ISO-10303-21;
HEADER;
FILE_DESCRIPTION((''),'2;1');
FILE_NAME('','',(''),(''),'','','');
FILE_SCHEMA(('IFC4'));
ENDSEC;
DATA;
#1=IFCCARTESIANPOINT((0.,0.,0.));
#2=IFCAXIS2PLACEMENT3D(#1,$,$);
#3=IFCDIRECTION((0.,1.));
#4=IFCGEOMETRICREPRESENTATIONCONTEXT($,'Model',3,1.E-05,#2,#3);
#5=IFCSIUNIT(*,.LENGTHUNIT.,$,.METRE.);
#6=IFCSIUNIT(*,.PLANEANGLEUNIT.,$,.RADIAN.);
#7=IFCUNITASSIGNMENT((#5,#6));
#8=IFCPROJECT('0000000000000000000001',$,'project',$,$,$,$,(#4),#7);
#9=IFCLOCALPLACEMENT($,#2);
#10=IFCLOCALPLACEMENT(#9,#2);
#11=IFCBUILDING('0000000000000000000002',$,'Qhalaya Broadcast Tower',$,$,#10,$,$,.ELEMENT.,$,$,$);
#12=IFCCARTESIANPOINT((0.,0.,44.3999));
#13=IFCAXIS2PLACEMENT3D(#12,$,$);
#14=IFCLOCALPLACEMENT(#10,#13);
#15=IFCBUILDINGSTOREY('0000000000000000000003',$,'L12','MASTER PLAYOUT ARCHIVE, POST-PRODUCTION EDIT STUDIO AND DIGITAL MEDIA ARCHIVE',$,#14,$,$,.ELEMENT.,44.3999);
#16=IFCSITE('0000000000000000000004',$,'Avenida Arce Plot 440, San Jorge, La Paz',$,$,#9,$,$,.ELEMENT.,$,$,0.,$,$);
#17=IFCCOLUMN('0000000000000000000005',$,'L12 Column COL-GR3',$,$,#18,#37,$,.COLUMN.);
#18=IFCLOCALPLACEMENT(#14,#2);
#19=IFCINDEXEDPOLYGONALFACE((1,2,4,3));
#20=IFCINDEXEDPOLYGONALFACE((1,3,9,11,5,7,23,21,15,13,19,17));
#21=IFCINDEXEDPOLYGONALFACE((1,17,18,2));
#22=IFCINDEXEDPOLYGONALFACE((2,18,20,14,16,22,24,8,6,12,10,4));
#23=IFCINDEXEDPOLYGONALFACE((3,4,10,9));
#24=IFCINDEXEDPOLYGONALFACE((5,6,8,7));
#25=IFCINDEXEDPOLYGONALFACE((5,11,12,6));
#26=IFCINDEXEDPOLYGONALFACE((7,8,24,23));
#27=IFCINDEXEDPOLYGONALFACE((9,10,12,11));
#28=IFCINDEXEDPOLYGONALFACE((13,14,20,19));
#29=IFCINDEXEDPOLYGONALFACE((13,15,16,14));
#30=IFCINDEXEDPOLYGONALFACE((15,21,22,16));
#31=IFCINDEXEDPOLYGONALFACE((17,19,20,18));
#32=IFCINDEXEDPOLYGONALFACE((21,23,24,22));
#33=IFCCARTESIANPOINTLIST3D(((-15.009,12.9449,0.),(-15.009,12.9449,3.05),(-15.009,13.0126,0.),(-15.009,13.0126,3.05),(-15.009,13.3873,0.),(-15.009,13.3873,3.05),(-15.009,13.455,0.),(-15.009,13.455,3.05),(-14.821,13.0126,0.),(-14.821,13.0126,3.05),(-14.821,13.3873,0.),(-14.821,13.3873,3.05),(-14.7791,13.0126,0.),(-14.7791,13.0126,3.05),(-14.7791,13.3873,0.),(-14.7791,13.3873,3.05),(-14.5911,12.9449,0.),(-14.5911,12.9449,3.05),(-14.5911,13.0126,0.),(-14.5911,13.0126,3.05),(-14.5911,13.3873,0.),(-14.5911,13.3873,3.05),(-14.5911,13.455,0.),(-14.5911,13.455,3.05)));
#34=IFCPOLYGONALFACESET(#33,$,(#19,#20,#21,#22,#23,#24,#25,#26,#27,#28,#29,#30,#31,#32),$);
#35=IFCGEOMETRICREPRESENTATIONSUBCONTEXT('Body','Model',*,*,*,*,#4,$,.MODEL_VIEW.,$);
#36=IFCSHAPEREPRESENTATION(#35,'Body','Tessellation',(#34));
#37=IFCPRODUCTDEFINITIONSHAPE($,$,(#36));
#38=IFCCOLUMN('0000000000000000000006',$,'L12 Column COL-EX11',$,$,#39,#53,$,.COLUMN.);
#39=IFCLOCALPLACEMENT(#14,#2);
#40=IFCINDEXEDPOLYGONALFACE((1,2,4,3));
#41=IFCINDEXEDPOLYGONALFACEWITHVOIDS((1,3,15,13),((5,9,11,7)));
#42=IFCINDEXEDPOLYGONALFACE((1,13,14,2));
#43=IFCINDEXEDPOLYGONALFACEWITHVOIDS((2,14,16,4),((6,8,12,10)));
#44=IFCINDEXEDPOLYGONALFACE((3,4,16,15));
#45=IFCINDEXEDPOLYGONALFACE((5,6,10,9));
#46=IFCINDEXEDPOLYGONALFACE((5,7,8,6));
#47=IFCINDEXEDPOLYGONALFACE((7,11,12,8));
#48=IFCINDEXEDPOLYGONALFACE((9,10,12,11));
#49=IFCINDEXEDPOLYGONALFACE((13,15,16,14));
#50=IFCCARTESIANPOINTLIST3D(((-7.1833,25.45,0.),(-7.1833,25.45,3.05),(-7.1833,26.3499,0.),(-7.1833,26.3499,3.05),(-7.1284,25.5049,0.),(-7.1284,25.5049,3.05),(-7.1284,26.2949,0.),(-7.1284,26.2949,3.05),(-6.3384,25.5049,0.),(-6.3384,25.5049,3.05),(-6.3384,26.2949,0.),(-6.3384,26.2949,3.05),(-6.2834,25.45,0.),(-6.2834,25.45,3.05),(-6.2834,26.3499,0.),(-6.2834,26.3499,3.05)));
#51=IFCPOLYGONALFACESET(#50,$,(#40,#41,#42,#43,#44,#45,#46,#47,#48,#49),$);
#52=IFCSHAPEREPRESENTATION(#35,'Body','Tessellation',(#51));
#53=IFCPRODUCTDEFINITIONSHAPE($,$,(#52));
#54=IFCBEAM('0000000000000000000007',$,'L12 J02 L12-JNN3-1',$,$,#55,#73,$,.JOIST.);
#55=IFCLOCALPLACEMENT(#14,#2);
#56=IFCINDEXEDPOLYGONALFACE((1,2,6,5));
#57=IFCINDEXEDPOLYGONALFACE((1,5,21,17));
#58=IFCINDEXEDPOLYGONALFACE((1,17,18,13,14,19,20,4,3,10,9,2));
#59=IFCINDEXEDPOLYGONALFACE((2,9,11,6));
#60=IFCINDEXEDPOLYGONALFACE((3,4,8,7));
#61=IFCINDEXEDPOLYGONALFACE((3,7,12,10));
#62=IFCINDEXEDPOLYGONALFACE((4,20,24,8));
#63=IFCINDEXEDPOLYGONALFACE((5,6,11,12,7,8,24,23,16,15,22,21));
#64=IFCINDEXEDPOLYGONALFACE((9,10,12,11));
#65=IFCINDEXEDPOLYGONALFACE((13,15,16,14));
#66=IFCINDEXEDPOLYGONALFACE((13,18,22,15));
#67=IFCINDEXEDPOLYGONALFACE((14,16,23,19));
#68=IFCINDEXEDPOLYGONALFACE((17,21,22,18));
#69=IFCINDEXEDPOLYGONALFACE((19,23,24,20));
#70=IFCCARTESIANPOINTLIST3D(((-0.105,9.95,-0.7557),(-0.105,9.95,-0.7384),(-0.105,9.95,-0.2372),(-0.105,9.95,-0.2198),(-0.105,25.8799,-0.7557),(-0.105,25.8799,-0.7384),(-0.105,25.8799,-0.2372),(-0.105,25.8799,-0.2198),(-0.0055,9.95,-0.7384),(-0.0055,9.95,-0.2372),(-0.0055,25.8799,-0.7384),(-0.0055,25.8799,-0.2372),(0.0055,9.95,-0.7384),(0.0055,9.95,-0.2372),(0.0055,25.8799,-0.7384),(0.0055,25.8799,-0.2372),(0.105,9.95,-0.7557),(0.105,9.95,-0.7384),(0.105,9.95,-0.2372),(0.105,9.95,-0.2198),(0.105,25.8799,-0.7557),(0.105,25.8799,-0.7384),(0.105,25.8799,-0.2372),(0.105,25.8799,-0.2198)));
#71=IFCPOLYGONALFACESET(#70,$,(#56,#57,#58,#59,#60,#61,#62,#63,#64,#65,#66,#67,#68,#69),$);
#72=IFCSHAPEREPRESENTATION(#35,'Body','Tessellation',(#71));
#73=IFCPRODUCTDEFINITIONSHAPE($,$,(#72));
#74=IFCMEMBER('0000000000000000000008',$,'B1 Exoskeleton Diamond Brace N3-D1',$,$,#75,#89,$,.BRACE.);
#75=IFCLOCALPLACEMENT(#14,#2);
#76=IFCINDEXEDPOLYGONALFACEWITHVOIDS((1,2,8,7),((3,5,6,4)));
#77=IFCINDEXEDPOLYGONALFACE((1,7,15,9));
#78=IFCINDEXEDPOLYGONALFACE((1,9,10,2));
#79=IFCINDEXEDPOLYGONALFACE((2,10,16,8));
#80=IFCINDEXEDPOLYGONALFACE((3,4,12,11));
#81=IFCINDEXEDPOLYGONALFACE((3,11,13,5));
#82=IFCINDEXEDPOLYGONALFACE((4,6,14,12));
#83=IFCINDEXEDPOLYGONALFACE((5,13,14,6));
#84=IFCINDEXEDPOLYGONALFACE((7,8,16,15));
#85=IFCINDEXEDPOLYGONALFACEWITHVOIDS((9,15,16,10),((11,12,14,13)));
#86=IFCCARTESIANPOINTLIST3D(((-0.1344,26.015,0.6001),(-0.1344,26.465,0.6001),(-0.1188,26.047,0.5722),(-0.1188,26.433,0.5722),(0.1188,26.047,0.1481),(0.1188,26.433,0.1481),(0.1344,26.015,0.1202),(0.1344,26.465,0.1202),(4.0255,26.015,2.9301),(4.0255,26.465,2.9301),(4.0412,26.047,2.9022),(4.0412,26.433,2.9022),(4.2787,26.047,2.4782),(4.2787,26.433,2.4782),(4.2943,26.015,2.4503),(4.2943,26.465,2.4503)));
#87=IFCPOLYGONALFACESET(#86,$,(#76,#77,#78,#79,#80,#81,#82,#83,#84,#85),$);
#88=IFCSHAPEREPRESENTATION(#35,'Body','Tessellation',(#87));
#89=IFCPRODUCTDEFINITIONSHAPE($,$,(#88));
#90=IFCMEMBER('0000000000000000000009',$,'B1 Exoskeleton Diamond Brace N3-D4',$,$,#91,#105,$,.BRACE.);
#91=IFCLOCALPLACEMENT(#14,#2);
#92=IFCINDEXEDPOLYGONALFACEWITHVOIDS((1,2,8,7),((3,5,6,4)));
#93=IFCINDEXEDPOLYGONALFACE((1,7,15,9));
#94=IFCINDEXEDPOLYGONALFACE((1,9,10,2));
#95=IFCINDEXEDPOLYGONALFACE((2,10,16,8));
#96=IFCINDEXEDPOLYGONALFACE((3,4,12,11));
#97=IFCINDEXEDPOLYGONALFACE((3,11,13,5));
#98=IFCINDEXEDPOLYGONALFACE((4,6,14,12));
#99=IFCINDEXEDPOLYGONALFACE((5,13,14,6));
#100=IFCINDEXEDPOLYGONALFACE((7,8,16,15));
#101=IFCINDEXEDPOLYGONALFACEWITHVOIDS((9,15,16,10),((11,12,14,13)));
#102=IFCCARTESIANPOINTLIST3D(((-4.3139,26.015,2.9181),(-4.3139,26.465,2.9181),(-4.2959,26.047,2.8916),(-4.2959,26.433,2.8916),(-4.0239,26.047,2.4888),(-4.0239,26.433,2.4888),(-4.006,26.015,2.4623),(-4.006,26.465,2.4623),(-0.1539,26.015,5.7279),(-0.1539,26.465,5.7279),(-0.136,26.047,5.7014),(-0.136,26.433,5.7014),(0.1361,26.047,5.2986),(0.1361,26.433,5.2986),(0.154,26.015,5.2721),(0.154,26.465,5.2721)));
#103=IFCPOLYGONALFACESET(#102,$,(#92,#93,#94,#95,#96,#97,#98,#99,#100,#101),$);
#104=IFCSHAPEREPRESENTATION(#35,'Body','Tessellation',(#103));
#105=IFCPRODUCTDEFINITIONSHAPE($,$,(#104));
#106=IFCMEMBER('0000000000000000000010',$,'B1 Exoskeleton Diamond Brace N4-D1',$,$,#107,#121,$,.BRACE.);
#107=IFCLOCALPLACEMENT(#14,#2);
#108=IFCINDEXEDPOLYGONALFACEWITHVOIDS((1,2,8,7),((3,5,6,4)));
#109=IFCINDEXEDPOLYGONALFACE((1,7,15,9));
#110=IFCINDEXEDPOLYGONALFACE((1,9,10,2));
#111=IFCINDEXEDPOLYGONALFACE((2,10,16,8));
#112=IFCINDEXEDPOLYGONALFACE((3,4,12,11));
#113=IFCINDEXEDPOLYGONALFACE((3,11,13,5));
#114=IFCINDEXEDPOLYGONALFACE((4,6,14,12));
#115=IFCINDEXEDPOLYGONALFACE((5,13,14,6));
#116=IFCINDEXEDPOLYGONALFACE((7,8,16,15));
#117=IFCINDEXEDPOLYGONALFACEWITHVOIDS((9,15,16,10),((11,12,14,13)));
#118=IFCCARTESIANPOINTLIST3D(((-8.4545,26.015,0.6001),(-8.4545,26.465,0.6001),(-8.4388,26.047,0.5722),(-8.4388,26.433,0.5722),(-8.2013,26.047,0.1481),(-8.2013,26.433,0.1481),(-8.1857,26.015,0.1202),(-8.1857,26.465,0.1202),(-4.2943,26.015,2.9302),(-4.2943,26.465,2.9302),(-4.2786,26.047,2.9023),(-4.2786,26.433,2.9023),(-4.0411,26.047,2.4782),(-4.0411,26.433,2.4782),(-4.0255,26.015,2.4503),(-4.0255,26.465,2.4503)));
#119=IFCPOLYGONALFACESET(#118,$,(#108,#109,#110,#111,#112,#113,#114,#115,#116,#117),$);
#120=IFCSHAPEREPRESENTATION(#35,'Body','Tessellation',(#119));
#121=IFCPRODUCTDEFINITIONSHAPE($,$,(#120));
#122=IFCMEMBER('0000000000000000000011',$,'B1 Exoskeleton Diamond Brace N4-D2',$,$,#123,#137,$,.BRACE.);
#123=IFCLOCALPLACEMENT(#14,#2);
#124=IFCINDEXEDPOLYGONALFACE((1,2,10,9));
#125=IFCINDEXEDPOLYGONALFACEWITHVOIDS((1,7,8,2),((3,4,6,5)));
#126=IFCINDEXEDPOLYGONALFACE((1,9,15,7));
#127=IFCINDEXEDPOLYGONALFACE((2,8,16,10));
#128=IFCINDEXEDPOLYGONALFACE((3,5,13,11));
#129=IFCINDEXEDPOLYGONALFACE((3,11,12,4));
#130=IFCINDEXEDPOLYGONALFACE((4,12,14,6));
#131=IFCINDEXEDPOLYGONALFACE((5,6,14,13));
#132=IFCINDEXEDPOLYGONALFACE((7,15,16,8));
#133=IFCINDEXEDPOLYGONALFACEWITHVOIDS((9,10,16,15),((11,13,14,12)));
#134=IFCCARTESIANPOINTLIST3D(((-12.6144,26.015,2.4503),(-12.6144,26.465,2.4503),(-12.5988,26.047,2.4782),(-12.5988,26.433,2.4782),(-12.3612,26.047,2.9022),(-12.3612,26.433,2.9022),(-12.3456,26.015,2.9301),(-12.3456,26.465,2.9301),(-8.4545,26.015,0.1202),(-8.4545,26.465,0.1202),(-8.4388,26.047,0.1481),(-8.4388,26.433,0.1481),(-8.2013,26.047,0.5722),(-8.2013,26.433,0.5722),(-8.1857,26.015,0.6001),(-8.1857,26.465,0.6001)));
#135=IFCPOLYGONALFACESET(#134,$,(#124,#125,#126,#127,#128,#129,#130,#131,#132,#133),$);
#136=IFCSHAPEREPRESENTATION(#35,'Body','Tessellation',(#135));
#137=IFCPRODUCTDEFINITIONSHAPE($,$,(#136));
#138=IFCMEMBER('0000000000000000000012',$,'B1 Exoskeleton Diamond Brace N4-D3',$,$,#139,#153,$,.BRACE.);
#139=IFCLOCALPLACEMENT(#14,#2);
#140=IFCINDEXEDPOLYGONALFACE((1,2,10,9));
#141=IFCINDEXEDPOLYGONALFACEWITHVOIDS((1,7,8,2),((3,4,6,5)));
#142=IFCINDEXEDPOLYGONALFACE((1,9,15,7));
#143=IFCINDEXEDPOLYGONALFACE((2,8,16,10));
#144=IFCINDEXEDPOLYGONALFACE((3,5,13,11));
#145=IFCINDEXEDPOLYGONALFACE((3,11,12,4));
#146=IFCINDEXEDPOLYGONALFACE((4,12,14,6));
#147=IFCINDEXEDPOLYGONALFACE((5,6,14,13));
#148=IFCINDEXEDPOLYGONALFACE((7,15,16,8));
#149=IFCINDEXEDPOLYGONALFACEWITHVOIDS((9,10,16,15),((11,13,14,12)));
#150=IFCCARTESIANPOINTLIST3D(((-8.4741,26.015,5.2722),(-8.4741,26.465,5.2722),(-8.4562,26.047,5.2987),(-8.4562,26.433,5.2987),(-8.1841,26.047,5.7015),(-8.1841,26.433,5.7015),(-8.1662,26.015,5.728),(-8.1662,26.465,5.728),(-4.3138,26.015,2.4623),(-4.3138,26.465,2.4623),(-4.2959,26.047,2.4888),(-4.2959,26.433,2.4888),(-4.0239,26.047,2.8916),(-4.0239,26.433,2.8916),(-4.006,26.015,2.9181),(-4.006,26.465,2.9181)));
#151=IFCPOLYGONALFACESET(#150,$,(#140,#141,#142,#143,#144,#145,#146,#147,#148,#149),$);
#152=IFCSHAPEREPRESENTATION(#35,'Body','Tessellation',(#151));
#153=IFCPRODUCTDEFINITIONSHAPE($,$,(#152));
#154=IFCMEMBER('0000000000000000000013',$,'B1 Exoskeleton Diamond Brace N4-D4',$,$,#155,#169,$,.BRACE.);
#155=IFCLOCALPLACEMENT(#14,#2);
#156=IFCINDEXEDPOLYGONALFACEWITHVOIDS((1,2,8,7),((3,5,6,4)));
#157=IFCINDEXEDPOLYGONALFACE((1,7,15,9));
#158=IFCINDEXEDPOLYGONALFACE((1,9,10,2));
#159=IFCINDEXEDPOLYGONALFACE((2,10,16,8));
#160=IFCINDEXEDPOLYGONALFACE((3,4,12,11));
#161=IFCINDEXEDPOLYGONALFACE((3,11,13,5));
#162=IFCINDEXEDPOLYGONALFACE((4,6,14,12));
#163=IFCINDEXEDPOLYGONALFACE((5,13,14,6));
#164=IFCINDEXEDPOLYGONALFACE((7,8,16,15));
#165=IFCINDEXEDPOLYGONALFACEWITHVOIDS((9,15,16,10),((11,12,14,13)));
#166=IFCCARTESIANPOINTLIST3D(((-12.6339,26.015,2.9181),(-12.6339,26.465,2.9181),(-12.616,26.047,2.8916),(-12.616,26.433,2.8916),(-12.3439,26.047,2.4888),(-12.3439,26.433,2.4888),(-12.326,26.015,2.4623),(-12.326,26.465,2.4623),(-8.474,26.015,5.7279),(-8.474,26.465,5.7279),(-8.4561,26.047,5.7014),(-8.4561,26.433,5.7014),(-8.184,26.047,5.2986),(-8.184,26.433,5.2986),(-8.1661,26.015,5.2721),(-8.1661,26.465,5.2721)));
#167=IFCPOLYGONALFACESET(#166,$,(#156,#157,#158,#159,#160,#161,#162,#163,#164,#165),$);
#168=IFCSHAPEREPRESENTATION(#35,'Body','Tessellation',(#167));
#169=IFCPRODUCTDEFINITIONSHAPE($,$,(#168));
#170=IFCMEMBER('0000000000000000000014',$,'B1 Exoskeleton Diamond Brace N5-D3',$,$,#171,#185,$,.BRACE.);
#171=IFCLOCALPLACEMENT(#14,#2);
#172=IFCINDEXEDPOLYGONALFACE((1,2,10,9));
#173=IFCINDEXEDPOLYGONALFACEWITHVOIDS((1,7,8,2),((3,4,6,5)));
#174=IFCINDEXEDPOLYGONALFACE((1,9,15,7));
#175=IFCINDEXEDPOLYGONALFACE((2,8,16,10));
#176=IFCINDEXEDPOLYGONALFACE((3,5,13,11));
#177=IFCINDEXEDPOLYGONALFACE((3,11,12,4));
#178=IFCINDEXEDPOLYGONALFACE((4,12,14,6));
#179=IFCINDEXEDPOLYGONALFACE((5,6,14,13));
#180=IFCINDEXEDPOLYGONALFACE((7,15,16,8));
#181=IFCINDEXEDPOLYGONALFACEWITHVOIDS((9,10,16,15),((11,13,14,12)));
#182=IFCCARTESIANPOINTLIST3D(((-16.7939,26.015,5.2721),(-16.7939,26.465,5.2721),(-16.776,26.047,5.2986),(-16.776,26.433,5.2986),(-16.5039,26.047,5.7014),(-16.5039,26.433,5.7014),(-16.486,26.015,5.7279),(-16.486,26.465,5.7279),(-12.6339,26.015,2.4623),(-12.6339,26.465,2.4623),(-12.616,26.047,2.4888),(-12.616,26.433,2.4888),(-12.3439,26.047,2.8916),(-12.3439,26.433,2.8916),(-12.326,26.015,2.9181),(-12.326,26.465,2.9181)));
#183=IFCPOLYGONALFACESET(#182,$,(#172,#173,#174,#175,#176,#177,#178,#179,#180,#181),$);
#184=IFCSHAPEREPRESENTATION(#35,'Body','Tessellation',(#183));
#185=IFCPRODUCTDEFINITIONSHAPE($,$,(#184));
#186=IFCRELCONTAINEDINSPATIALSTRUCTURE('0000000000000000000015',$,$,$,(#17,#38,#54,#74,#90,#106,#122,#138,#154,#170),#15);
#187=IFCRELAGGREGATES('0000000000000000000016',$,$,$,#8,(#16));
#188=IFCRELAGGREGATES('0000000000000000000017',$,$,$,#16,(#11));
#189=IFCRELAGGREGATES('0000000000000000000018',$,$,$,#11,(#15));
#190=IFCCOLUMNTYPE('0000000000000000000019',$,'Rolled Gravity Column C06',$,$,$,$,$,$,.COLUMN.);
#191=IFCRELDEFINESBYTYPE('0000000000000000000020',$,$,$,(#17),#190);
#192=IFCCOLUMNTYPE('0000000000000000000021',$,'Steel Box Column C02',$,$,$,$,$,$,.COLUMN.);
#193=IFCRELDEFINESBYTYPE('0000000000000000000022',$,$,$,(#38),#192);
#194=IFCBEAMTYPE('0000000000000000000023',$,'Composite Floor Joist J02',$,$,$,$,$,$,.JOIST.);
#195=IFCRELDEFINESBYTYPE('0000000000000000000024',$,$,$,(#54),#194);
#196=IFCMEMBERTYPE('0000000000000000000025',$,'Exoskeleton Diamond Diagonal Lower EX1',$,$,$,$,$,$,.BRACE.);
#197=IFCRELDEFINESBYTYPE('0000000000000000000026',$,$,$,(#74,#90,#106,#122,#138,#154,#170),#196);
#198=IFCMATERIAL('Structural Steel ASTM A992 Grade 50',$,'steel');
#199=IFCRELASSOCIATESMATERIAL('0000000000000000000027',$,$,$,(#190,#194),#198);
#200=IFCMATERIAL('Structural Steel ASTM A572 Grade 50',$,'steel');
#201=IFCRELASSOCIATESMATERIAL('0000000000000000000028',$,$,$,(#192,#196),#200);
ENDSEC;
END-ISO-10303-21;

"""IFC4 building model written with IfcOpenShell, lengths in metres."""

from ifc_helpers import new_model, si_unit, direction, frame, origin, origin_2d, place, context, subcontext, project, spatial, hollow_rectangle, i_section, extrude, material, material_profile, profile_set, type_object, element, save


model = new_model("IFC4")

# Units and contexts
model_context = context("Model", 3, precision=1e-05, world=origin(), true_north=direction((0.0, 1.0)))
body_context = subcontext(model_context, "Body", "Model", "MODEL_VIEW")
ifc_project = project(units=[si_unit("LENGTHUNIT", "METRE"), si_unit("PLANEANGLEUNIT", "RADIAN")], contexts=[model_context])

# Site, building, storey
site_placement = place(None, origin())
site = spatial("IfcSite", under=ifc_project, at=site_placement, Name="Avenida Arce Plot 440, San Jorge, La Paz", CompositionType="ELEMENT", RefElevation=0.0)
building_placement = place(site_placement, origin())
building = spatial("IfcBuilding", under=site, at=building_placement, Name="Qhalaya Broadcast Tower", CompositionType="ELEMENT")
storey_placement = place(building_placement, frame((0.0, 0.0, 44.3999)))
storey = spatial("IfcBuildingStorey", under=building, at=storey_placement, Name="L12", Description="MASTER PLAYOUT ARCHIVE, POST-PRODUCTION EDIT STUDIO AND DIGITAL MEDIA ARCHIVE", CompositionType="ELEMENT", Elevation=44.3999)

# Columns
ifc_material_1 = material(Name="Structural Steel ASTM A992 Grade 50", Category="steel")
ifc_material_profile_1 = material_profile(ifc_material_1, i_section(OverallWidth=0.418, OverallDepth=0.51, WebThickness=0.042, FlangeThickness=0.0676, at=origin_2d()), Name="W14X370")
ifc_profile_set_1 = profile_set([ifc_material_profile_1], Name="Structural Steel ASTM A992 Grade 50")
column_type_1 = type_object("IfcColumnType", Name="Rolled Gravity Column C06", PredefinedType="COLUMN", material=ifc_profile_set_1)
column_1_placement = place(storey_placement, frame((-14.8, 13.2, 0.0), z_axis=(0.0, 0.0, 1.0), x_axis=(1.0, 0.0, 0.0)))
element("IfcColumn", 1, at=column_1_placement, inside=storey, type_object=column_type_1, Name="L12 Column COL-GR3", PredefinedType="COLUMN", context=body_context, shape_type="SweptSolid", body=[
    extrude(i_section(OverallWidth=0.418, OverallDepth=0.51, WebThickness=0.042, FlangeThickness=0.0676, at=origin_2d()), origin(), (0.0, 0.0, 1.0), 3.05),
])
ifc_material_2 = material(Name="Structural Steel ASTM A572 Grade 50", Category="steel")
ifc_material_profile_2 = material_profile(ifc_material_2, hollow_rectangle(XDim=0.8999, YDim=0.8999, WallThickness=0.0549, at=origin_2d()), Name="BOX 900x900x55")
ifc_profile_set_2 = profile_set([ifc_material_profile_2], Name="Structural Steel ASTM A572 Grade 50")
column_type_2 = type_object("IfcColumnType", Name="Steel Box Column C02", PredefinedType="COLUMN", material=ifc_profile_set_2)
column_2_placement = place(storey_placement, frame((-6.7334, 25.8999, 0.0), z_axis=(0.0, 0.0, 1.0), x_axis=(1.0, 0.0, 0.0)))
element("IfcColumn", 2, at=column_2_placement, inside=storey, type_object=column_type_2, Name="L12 Column COL-EX11", PredefinedType="COLUMN", context=body_context, shape_type="SweptSolid", body=[
    extrude(hollow_rectangle(XDim=0.8999, YDim=0.8999, WallThickness=0.0549, at=origin_2d()), origin(), (0.0, 0.0, 1.0), 3.05),
])

# Beam
ifc_material_profile_3 = material_profile(ifc_material_1, i_section(OverallWidth=0.21, OverallDepth=0.5359, WebThickness=0.011, FlangeThickness=0.0173, at=origin_2d()), Name="W21X68")
ifc_profile_set_3 = profile_set([ifc_material_profile_3], Name="Structural Steel ASTM A992 Grade 50")
beam_type_1 = type_object("IfcBeamType", Name="Composite Floor Joist J02", PredefinedType="JOIST", material=ifc_profile_set_3)
beam_1_placement = place(storey_placement, frame((0.0, 9.95, -0.4878), z_axis=(0.0, 1.0, 0.0), x_axis=(-1.0, 0.0, 0.0)))
element("IfcBeam", 3, at=beam_1_placement, inside=storey, type_object=beam_type_1, Name="L12 J02 L12-JNN3-1", PredefinedType="JOIST", context=body_context, shape_type="SweptSolid", body=[
    extrude(i_section(OverallWidth=0.21, OverallDepth=0.5359, WebThickness=0.011, FlangeThickness=0.0173, at=origin_2d()), origin(), (0.0, 0.0, 1.0), 15.9299),
])

# Members
ifc_material_profile_4 = material_profile(ifc_material_2, hollow_rectangle(XDim=0.45, YDim=0.55, WallThickness=0.032, at=origin_2d()), Name="BOX 450x550x32")
ifc_profile_set_4 = profile_set([ifc_material_profile_4], Name="Structural Steel ASTM A572 Grade 50")
member_type = type_object("IfcMemberType", Name="Exoskeleton Diamond Diagonal Lower EX1", PredefinedType="BRACE", material=ifc_profile_set_4)
member_1_placement = place(storey_placement, frame((0.0, 26.24, 0.3601), z_axis=(0.872459, 0.0, 0.488688), x_axis=(0.0, 1.0, 0.0)))
element("IfcMember", 4, at=member_1_placement, inside=storey, type_object=member_type, Name="B1 Exoskeleton Diamond Brace N3-D1", PredefinedType="BRACE", context=body_context, shape_type="SweptSolid", body=[
    extrude(hollow_rectangle(XDim=0.45, YDim=0.55, WallThickness=0.032, at=origin_2d()), origin(), (0.0, 0.0, 1.0), 4.7681),
])
member_2_placement = place(storey_placement, frame((-4.1599, 26.24, 2.6902), z_axis=(0.828676, 0.0, 0.559729), x_axis=(0.0, 1.0, 0.0)))
element("IfcMember", 5, at=member_2_placement, inside=storey, type_object=member_type, Name="B1 Exoskeleton Diamond Brace N3-D4", PredefinedType="BRACE", context=body_context, shape_type="SweptSolid", body=[
    extrude(hollow_rectangle(XDim=0.45, YDim=0.55, WallThickness=0.032, at=origin_2d()), origin(), (0.0, 0.0, 1.0), 5.02),
])
member_3_placement = place(storey_placement, frame((-8.3201, 26.24, 0.3601), z_axis=(0.872471, 0.0, 0.488666), x_axis=(0.0, 1.0, 0.0)))
element("IfcMember", 6, at=member_3_placement, inside=storey, type_object=member_type, Name="B1 Exoskeleton Diamond Brace N4-D1", PredefinedType="BRACE", context=body_context, shape_type="SweptSolid", body=[
    extrude(hollow_rectangle(XDim=0.45, YDim=0.55, WallThickness=0.032, at=origin_2d()), origin(), (0.0, 0.0, 1.0), 4.7683),
])
member_4_placement = place(storey_placement, frame((-8.3201, 26.24, 0.3601), z_axis=(-0.872459, 0.0, 0.488688), x_axis=(0.0, -1.0, 0.0)))
element("IfcMember", 7, at=member_4_placement, inside=storey, type_object=member_type, Name="B1 Exoskeleton Diamond Brace N4-D2", PredefinedType="BRACE", context=body_context, shape_type="SweptSolid", body=[
    extrude(hollow_rectangle(XDim=0.45, YDim=0.55, WallThickness=0.032, at=origin_2d()), origin(), (0.0, 0.0, 1.0), 4.7681),
])
member_5_placement = place(storey_placement, frame((-4.1599, 26.24, 2.6902), z_axis=(-0.828691, 0.0, 0.559707), x_axis=(0.0, -1.0, 0.0)))
element("IfcMember", 8, at=member_5_placement, inside=storey, type_object=member_type, Name="B1 Exoskeleton Diamond Brace N4-D3", PredefinedType="BRACE", context=body_context, shape_type="SweptSolid", body=[
    extrude(hollow_rectangle(XDim=0.45, YDim=0.55, WallThickness=0.032, at=origin_2d()), origin(), (0.0, 0.0, 1.0), 5.0203),
])
for number, where, z_axis, x_axis, name in (
    (9, (-12.48, 26.24, 2.6902), (0.828676, 0.0, 0.559729), (0.0, 1.0, 0.0), "B1 Exoskeleton Diamond Brace N4-D4"),
    (10, (-12.48, 26.24, 2.6902), (-0.828676, 0.0, 0.559729), (0.0, -1.0, 0.0), "B1 Exoskeleton Diamond Brace N5-D3"),
):
    element("IfcMember", number, at=place(storey_placement, frame(where, z_axis=z_axis, x_axis=x_axis)), inside=storey, type_object=member_type, Name=name, PredefinedType="BRACE", context=body_context, shape_type="SweptSolid", body=[
        extrude(hollow_rectangle(XDim=0.45, YDim=0.55, WallThickness=0.032, at=origin_2d()), origin(), (0.0, 0.0, 1.0), 5.02),
    ])

save(model, "model.ifc")
